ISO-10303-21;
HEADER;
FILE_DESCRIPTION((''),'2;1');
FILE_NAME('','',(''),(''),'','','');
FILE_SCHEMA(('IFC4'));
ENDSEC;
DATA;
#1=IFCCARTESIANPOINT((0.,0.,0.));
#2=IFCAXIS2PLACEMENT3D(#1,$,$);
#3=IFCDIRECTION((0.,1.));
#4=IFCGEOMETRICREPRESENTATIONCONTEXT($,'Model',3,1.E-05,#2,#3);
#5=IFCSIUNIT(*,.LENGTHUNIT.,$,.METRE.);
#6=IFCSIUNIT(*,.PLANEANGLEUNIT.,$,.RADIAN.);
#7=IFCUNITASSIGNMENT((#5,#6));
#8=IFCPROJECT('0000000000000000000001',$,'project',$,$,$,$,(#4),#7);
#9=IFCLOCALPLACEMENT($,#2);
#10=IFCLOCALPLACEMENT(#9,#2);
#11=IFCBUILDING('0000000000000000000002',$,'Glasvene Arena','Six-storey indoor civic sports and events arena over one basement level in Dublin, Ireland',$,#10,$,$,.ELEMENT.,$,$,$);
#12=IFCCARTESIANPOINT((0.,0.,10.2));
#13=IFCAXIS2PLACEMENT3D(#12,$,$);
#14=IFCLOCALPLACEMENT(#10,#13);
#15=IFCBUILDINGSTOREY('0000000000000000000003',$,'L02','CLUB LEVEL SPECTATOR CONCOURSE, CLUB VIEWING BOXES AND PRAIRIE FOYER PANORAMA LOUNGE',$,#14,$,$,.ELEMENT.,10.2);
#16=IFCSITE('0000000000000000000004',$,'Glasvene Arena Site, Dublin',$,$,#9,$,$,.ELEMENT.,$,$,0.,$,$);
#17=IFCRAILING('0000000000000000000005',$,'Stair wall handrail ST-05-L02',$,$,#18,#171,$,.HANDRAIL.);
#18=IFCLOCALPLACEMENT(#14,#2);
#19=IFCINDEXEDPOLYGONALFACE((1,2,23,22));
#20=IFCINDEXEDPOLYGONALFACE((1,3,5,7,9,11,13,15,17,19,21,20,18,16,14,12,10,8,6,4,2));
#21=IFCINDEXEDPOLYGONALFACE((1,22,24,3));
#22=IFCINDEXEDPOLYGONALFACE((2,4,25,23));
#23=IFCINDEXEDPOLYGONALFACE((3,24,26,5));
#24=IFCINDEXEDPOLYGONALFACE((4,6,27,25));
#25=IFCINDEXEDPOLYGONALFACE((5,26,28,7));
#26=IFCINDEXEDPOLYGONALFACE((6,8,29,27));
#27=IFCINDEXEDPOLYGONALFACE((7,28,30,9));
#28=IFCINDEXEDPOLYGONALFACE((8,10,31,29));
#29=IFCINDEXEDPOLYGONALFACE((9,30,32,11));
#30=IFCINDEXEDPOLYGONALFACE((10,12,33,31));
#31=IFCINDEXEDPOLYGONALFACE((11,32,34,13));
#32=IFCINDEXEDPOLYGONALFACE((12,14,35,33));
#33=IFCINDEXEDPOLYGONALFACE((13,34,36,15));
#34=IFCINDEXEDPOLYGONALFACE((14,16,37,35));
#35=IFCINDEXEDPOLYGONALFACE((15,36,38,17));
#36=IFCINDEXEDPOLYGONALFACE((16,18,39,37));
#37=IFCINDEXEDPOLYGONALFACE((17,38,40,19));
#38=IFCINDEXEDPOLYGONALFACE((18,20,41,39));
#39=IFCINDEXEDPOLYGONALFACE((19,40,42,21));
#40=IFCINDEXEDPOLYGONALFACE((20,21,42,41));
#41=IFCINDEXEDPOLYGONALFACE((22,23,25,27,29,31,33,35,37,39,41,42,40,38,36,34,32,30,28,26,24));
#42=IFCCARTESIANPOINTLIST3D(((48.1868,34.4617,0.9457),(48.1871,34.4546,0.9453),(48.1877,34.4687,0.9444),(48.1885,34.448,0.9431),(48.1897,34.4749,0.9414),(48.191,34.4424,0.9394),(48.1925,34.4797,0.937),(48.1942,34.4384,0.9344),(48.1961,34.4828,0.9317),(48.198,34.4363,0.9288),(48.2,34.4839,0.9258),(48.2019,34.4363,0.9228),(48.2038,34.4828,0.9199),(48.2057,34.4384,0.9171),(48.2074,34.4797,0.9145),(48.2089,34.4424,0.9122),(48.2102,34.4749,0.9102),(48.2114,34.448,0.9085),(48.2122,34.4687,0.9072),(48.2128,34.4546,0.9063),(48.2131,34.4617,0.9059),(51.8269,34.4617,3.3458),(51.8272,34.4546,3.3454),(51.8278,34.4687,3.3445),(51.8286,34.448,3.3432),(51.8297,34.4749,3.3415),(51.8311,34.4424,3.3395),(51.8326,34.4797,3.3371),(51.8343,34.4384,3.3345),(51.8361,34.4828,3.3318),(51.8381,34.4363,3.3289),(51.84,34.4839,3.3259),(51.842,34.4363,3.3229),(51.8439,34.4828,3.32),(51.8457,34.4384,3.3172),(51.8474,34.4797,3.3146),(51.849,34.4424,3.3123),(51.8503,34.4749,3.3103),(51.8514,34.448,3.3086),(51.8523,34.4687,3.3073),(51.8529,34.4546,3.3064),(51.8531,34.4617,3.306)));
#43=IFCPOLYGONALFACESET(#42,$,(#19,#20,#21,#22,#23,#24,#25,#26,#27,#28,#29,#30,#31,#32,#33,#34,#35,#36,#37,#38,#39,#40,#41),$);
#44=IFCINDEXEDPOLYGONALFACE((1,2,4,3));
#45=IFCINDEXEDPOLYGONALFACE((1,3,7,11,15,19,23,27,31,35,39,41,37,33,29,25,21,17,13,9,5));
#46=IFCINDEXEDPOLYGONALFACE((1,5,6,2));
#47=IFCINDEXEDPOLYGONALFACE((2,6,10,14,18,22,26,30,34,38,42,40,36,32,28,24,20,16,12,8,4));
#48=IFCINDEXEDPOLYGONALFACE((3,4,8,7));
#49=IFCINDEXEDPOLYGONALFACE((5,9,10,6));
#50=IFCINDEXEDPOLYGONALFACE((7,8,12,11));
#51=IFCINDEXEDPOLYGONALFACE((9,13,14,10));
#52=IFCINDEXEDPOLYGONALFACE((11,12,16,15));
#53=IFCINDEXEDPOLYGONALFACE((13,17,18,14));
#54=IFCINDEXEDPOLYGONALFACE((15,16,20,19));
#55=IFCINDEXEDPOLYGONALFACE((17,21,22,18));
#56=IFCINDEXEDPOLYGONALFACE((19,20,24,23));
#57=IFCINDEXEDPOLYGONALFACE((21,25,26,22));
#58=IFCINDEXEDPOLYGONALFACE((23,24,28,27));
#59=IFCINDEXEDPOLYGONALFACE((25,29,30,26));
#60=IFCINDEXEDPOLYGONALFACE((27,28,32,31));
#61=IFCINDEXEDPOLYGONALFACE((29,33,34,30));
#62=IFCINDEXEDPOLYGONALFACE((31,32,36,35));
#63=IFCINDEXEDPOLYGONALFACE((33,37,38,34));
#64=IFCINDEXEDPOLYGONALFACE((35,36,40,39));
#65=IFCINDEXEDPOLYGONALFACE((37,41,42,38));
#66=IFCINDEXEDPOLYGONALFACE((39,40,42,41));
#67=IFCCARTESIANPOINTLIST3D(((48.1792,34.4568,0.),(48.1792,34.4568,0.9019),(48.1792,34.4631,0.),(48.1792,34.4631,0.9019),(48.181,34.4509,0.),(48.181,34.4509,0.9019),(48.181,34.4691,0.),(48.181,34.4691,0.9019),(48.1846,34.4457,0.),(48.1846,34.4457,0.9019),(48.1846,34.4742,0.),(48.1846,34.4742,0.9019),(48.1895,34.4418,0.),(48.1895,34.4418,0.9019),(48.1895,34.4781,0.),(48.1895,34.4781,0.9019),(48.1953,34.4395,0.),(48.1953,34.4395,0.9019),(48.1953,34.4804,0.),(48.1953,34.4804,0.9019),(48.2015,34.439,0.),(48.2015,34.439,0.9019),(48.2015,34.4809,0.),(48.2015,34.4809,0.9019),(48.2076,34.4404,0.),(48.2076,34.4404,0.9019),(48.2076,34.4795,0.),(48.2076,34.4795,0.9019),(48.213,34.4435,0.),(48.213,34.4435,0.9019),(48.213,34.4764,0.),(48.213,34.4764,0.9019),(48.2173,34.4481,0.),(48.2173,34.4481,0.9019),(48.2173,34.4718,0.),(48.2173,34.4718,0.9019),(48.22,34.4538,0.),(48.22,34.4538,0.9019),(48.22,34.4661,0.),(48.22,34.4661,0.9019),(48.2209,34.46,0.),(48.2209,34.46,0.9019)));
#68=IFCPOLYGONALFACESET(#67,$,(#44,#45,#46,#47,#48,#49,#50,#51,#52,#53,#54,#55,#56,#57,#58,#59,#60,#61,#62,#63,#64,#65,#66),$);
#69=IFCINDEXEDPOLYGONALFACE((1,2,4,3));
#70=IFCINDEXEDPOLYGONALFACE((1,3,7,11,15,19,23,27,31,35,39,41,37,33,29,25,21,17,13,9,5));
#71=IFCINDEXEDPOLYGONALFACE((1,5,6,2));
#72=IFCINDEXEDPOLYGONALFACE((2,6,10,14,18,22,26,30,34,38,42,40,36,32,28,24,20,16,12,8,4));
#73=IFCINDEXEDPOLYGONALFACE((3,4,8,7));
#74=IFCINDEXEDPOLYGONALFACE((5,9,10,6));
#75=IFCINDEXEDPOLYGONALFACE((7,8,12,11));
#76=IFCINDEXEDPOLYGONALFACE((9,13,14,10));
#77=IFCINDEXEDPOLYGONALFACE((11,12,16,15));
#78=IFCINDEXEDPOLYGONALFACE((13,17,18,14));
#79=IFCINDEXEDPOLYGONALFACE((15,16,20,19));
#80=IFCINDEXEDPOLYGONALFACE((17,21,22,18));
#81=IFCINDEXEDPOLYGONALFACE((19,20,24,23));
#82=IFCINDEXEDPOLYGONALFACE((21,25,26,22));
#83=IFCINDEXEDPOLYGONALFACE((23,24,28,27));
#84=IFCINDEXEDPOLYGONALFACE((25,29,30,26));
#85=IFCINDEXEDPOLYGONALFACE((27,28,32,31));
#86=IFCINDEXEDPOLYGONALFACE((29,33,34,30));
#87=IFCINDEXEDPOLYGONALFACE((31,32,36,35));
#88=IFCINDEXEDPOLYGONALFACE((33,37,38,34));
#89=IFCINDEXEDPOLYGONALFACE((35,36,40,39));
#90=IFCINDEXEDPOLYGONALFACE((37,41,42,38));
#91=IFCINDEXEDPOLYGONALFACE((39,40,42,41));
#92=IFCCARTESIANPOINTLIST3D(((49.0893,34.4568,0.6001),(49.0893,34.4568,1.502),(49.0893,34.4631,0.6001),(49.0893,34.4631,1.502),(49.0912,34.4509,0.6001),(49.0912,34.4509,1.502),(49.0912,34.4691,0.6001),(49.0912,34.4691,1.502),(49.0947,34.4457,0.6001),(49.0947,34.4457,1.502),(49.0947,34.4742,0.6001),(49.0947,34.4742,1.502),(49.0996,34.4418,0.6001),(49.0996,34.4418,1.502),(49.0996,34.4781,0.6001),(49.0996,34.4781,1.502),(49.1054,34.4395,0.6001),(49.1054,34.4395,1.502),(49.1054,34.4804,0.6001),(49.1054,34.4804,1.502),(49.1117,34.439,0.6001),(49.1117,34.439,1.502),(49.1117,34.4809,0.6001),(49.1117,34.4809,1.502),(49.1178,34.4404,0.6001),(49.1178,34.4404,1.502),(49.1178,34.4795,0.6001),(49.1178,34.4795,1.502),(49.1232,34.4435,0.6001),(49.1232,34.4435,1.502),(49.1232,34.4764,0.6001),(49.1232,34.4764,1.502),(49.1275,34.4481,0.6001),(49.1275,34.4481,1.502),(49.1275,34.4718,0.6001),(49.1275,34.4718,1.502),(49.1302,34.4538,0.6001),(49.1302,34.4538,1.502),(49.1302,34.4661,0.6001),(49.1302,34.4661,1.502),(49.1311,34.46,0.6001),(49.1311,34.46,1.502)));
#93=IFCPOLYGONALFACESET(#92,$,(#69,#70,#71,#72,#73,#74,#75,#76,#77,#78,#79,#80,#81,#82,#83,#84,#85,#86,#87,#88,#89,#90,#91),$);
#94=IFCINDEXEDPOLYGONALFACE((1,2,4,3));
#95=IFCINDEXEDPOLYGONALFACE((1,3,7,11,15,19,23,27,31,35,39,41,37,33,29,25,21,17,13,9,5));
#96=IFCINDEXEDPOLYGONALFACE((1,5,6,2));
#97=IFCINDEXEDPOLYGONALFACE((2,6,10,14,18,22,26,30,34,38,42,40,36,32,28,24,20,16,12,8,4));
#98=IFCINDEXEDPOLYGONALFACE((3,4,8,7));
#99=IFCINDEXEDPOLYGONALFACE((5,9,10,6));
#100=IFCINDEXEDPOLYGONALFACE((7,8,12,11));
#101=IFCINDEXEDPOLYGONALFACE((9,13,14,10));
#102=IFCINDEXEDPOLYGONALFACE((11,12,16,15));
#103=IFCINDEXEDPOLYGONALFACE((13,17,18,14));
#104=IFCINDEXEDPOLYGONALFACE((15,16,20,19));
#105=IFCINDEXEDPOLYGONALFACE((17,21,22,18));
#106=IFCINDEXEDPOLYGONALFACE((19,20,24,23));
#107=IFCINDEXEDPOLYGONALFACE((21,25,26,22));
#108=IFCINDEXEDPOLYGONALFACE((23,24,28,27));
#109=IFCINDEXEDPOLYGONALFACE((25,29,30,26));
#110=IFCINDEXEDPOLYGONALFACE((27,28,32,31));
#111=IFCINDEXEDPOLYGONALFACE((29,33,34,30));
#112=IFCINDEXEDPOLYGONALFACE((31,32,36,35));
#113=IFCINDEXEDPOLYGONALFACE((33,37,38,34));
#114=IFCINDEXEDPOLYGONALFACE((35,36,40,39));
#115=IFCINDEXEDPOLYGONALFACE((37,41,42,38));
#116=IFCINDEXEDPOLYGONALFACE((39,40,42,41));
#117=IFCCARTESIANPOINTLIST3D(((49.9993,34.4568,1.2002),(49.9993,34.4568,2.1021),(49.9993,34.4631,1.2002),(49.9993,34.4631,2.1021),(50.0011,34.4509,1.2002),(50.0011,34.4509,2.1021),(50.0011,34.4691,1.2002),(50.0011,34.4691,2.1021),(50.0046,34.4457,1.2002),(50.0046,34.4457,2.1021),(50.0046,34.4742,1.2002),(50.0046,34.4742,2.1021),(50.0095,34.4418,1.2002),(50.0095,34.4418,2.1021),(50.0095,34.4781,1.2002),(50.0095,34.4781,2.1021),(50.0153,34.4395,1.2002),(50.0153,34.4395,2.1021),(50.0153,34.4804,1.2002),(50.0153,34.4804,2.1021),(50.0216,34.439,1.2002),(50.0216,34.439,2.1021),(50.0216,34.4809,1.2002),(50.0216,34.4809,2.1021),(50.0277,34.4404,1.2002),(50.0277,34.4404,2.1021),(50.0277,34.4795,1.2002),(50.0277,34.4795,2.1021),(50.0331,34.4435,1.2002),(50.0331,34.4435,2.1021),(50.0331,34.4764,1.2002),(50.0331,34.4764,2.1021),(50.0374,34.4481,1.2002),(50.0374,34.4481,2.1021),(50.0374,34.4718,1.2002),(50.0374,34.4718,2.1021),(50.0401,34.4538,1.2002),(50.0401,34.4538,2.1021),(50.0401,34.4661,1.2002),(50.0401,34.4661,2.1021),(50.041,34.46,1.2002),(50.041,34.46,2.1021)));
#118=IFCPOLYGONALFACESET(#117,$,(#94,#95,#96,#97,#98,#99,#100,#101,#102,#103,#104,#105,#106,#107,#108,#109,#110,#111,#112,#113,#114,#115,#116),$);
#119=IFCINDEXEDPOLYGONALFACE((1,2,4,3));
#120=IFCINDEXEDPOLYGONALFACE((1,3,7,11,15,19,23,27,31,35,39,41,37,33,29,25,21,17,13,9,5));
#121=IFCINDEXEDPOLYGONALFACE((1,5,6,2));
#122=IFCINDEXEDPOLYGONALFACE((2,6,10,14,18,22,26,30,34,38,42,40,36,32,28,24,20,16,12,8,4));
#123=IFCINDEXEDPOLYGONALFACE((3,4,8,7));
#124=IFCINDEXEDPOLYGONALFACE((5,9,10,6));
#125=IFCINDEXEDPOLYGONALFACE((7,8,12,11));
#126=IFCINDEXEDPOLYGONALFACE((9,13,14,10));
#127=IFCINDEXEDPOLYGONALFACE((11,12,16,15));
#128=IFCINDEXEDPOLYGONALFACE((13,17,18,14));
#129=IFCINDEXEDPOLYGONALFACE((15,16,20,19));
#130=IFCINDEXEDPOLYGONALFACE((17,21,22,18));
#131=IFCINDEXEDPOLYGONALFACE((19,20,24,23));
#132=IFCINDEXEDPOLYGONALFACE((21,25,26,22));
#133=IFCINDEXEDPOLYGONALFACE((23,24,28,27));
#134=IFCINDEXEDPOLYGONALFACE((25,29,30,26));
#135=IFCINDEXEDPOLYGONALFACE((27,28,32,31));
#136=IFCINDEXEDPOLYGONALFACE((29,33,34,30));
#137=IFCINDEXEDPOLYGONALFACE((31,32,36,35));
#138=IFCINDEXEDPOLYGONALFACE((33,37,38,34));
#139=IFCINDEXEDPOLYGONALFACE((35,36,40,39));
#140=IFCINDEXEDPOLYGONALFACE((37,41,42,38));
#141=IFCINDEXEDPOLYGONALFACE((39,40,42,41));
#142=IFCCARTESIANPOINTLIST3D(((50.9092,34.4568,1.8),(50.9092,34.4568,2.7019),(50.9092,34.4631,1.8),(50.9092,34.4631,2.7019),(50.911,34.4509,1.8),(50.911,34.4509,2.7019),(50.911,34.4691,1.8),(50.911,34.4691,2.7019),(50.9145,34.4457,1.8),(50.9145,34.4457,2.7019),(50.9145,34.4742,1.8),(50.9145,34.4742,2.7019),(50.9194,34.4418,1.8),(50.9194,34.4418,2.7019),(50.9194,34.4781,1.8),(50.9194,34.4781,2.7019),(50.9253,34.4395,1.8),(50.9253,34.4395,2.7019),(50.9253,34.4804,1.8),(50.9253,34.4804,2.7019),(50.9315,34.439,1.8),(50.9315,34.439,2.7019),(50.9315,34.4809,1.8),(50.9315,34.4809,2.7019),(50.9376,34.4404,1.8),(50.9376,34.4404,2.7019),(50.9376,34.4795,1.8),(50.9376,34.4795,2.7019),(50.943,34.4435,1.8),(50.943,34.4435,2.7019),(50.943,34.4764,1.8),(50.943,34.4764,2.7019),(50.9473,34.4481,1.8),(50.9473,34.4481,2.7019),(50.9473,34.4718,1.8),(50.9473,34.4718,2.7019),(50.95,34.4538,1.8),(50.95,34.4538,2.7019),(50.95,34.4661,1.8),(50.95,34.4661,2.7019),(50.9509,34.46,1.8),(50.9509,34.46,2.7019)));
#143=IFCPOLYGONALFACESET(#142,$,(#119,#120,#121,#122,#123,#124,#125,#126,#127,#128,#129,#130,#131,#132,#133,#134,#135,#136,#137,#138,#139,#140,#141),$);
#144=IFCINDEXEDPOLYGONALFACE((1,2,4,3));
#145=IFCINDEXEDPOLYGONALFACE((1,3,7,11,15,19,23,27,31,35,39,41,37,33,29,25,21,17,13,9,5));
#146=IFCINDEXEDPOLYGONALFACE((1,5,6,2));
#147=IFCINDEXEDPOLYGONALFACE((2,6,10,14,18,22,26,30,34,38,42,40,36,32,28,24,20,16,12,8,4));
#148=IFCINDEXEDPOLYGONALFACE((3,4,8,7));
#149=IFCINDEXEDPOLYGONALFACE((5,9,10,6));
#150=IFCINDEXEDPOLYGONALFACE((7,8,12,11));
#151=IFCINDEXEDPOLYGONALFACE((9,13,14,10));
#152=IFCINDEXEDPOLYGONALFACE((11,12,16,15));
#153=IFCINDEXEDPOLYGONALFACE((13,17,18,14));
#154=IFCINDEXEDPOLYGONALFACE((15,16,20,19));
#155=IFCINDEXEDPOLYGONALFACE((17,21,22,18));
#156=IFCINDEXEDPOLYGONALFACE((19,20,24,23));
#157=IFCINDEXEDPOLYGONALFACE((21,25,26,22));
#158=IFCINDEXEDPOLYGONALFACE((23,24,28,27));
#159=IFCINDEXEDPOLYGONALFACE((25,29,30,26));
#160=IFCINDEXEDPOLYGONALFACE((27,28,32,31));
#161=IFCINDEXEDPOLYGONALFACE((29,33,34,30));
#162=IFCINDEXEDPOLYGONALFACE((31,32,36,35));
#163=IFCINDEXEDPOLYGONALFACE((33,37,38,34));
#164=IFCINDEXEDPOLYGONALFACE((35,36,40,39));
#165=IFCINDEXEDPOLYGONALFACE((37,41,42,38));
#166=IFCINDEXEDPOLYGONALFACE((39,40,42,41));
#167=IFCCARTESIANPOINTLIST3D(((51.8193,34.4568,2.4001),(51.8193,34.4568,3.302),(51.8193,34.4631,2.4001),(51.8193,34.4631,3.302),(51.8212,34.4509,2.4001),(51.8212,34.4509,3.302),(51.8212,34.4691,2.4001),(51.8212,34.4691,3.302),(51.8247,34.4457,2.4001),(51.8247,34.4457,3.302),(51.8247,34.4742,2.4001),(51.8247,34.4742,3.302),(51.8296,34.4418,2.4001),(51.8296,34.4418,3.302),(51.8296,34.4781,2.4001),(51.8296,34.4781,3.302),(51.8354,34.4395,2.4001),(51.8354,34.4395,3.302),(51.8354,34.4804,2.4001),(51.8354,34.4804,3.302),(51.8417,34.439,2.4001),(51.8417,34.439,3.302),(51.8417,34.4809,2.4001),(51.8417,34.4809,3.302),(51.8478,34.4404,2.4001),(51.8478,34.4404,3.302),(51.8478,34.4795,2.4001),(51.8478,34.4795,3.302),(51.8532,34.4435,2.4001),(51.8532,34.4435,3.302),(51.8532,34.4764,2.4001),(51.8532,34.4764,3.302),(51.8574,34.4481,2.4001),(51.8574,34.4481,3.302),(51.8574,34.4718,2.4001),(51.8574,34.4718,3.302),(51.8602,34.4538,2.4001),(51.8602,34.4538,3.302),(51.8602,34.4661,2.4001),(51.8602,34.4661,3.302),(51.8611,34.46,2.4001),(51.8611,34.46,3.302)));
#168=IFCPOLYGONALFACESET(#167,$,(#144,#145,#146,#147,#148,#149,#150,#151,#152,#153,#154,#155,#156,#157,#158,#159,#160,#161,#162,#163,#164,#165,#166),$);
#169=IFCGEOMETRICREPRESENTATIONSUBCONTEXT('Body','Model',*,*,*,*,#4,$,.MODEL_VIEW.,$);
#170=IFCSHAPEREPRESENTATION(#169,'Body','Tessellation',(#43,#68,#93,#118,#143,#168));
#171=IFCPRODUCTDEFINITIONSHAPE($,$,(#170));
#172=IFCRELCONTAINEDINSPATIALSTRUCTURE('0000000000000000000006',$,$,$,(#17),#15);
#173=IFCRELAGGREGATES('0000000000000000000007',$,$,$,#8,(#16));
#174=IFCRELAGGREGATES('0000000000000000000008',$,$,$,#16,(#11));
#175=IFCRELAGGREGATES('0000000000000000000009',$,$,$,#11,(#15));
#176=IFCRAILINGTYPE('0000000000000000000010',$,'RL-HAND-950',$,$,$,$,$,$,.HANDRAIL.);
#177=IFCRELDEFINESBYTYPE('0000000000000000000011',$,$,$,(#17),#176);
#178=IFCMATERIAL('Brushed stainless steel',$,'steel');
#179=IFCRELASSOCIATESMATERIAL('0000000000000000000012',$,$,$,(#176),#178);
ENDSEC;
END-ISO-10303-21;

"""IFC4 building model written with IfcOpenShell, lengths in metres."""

from ifc_helpers import new_model, si_unit, direction, frame, origin, origin_2d, place, context, subcontext, project, spatial, circle, extrude, material, type_object, element, save


model = new_model("IFC4")

# Units and contexts
model_context = context("Model", 3, precision=1e-05, world=origin(), true_north=direction((0.0, 1.0)))
body_context = subcontext(model_context, "Body", "Model", "MODEL_VIEW")
ifc_project = project(units=[si_unit("LENGTHUNIT", "METRE"), si_unit("PLANEANGLEUNIT", "RADIAN")], contexts=[model_context])

# Site, building, storey
site_placement = place(None, origin())
site = spatial("IfcSite", under=ifc_project, at=site_placement, Name="Glasvene Arena Site, Dublin", CompositionType="ELEMENT", RefElevation=0.0)
building_placement = place(site_placement, origin())
building = spatial("IfcBuilding", under=site, at=building_placement, Name="Glasvene Arena", Description="Six-storey indoor civic sports and events arena over one basement level in Dublin, Ireland", CompositionType="ELEMENT")
storey_placement = place(building_placement, frame((0.0, 0.0, 10.2)))
storey = spatial("IfcBuildingStorey", under=building, at=storey_placement, Name="L02", Description="CLUB LEVEL SPECTATOR CONCOURSE, CLUB VIEWING BOXES AND PRAIRIE FOYER PANORAMA LOUNGE", CompositionType="ELEMENT", Elevation=10.2)

# Railing
ifc_material_1 = material(Name="Brushed stainless steel", Category="steel")
railing_type_1 = type_object("IfcRailingType", Name="RL-HAND-950", PredefinedType="HANDRAIL", material=ifc_material_1)
for number, where, name in (
    (1, (48.2, 34.46, 0.0), "Stair wall handrail ST-05-L02"),
):
    element("IfcRailing", number, at=place(storey_placement, frame(where)), inside=storey, type_object=railing_type_1, Name=name, PredefinedType="HANDRAIL", context=body_context, shape_type="SweptSolid", body=[
        extrude(circle(Radius=0.0239, at=origin_2d()), frame((0.0, 0.0, 0.9258), z_axis=(0.834856, 0.0, 0.550468), x_axis=(0.0, 1.0, 0.0)), (0.0, 0.0, 1.0), 4.3601),
        extrude(circle(Radius=0.021, at=origin_2d()), origin(), (0.0, 0.0, 1.0), 0.9019),
        extrude(circle(Radius=0.021, at=origin_2d()), frame((0.9102, 0.0, 0.6001)), (0.0, 0.0, 1.0), 0.9019),
        extrude(circle(Radius=0.021, at=origin_2d()), frame((1.8201, 0.0, 1.2002)), (0.0, 0.0, 1.0), 0.9019),
        extrude(circle(Radius=0.021, at=origin_2d()), frame((2.73, 0.0, 1.8)), (0.0, 0.0, 1.0), 0.9019),
        extrude(circle(Radius=0.021, at=origin_2d()), frame((3.6401, 0.0, 2.4001)), (0.0, 0.0, 1.0), 0.9019),
    ])

save(model, "model.ifc")
